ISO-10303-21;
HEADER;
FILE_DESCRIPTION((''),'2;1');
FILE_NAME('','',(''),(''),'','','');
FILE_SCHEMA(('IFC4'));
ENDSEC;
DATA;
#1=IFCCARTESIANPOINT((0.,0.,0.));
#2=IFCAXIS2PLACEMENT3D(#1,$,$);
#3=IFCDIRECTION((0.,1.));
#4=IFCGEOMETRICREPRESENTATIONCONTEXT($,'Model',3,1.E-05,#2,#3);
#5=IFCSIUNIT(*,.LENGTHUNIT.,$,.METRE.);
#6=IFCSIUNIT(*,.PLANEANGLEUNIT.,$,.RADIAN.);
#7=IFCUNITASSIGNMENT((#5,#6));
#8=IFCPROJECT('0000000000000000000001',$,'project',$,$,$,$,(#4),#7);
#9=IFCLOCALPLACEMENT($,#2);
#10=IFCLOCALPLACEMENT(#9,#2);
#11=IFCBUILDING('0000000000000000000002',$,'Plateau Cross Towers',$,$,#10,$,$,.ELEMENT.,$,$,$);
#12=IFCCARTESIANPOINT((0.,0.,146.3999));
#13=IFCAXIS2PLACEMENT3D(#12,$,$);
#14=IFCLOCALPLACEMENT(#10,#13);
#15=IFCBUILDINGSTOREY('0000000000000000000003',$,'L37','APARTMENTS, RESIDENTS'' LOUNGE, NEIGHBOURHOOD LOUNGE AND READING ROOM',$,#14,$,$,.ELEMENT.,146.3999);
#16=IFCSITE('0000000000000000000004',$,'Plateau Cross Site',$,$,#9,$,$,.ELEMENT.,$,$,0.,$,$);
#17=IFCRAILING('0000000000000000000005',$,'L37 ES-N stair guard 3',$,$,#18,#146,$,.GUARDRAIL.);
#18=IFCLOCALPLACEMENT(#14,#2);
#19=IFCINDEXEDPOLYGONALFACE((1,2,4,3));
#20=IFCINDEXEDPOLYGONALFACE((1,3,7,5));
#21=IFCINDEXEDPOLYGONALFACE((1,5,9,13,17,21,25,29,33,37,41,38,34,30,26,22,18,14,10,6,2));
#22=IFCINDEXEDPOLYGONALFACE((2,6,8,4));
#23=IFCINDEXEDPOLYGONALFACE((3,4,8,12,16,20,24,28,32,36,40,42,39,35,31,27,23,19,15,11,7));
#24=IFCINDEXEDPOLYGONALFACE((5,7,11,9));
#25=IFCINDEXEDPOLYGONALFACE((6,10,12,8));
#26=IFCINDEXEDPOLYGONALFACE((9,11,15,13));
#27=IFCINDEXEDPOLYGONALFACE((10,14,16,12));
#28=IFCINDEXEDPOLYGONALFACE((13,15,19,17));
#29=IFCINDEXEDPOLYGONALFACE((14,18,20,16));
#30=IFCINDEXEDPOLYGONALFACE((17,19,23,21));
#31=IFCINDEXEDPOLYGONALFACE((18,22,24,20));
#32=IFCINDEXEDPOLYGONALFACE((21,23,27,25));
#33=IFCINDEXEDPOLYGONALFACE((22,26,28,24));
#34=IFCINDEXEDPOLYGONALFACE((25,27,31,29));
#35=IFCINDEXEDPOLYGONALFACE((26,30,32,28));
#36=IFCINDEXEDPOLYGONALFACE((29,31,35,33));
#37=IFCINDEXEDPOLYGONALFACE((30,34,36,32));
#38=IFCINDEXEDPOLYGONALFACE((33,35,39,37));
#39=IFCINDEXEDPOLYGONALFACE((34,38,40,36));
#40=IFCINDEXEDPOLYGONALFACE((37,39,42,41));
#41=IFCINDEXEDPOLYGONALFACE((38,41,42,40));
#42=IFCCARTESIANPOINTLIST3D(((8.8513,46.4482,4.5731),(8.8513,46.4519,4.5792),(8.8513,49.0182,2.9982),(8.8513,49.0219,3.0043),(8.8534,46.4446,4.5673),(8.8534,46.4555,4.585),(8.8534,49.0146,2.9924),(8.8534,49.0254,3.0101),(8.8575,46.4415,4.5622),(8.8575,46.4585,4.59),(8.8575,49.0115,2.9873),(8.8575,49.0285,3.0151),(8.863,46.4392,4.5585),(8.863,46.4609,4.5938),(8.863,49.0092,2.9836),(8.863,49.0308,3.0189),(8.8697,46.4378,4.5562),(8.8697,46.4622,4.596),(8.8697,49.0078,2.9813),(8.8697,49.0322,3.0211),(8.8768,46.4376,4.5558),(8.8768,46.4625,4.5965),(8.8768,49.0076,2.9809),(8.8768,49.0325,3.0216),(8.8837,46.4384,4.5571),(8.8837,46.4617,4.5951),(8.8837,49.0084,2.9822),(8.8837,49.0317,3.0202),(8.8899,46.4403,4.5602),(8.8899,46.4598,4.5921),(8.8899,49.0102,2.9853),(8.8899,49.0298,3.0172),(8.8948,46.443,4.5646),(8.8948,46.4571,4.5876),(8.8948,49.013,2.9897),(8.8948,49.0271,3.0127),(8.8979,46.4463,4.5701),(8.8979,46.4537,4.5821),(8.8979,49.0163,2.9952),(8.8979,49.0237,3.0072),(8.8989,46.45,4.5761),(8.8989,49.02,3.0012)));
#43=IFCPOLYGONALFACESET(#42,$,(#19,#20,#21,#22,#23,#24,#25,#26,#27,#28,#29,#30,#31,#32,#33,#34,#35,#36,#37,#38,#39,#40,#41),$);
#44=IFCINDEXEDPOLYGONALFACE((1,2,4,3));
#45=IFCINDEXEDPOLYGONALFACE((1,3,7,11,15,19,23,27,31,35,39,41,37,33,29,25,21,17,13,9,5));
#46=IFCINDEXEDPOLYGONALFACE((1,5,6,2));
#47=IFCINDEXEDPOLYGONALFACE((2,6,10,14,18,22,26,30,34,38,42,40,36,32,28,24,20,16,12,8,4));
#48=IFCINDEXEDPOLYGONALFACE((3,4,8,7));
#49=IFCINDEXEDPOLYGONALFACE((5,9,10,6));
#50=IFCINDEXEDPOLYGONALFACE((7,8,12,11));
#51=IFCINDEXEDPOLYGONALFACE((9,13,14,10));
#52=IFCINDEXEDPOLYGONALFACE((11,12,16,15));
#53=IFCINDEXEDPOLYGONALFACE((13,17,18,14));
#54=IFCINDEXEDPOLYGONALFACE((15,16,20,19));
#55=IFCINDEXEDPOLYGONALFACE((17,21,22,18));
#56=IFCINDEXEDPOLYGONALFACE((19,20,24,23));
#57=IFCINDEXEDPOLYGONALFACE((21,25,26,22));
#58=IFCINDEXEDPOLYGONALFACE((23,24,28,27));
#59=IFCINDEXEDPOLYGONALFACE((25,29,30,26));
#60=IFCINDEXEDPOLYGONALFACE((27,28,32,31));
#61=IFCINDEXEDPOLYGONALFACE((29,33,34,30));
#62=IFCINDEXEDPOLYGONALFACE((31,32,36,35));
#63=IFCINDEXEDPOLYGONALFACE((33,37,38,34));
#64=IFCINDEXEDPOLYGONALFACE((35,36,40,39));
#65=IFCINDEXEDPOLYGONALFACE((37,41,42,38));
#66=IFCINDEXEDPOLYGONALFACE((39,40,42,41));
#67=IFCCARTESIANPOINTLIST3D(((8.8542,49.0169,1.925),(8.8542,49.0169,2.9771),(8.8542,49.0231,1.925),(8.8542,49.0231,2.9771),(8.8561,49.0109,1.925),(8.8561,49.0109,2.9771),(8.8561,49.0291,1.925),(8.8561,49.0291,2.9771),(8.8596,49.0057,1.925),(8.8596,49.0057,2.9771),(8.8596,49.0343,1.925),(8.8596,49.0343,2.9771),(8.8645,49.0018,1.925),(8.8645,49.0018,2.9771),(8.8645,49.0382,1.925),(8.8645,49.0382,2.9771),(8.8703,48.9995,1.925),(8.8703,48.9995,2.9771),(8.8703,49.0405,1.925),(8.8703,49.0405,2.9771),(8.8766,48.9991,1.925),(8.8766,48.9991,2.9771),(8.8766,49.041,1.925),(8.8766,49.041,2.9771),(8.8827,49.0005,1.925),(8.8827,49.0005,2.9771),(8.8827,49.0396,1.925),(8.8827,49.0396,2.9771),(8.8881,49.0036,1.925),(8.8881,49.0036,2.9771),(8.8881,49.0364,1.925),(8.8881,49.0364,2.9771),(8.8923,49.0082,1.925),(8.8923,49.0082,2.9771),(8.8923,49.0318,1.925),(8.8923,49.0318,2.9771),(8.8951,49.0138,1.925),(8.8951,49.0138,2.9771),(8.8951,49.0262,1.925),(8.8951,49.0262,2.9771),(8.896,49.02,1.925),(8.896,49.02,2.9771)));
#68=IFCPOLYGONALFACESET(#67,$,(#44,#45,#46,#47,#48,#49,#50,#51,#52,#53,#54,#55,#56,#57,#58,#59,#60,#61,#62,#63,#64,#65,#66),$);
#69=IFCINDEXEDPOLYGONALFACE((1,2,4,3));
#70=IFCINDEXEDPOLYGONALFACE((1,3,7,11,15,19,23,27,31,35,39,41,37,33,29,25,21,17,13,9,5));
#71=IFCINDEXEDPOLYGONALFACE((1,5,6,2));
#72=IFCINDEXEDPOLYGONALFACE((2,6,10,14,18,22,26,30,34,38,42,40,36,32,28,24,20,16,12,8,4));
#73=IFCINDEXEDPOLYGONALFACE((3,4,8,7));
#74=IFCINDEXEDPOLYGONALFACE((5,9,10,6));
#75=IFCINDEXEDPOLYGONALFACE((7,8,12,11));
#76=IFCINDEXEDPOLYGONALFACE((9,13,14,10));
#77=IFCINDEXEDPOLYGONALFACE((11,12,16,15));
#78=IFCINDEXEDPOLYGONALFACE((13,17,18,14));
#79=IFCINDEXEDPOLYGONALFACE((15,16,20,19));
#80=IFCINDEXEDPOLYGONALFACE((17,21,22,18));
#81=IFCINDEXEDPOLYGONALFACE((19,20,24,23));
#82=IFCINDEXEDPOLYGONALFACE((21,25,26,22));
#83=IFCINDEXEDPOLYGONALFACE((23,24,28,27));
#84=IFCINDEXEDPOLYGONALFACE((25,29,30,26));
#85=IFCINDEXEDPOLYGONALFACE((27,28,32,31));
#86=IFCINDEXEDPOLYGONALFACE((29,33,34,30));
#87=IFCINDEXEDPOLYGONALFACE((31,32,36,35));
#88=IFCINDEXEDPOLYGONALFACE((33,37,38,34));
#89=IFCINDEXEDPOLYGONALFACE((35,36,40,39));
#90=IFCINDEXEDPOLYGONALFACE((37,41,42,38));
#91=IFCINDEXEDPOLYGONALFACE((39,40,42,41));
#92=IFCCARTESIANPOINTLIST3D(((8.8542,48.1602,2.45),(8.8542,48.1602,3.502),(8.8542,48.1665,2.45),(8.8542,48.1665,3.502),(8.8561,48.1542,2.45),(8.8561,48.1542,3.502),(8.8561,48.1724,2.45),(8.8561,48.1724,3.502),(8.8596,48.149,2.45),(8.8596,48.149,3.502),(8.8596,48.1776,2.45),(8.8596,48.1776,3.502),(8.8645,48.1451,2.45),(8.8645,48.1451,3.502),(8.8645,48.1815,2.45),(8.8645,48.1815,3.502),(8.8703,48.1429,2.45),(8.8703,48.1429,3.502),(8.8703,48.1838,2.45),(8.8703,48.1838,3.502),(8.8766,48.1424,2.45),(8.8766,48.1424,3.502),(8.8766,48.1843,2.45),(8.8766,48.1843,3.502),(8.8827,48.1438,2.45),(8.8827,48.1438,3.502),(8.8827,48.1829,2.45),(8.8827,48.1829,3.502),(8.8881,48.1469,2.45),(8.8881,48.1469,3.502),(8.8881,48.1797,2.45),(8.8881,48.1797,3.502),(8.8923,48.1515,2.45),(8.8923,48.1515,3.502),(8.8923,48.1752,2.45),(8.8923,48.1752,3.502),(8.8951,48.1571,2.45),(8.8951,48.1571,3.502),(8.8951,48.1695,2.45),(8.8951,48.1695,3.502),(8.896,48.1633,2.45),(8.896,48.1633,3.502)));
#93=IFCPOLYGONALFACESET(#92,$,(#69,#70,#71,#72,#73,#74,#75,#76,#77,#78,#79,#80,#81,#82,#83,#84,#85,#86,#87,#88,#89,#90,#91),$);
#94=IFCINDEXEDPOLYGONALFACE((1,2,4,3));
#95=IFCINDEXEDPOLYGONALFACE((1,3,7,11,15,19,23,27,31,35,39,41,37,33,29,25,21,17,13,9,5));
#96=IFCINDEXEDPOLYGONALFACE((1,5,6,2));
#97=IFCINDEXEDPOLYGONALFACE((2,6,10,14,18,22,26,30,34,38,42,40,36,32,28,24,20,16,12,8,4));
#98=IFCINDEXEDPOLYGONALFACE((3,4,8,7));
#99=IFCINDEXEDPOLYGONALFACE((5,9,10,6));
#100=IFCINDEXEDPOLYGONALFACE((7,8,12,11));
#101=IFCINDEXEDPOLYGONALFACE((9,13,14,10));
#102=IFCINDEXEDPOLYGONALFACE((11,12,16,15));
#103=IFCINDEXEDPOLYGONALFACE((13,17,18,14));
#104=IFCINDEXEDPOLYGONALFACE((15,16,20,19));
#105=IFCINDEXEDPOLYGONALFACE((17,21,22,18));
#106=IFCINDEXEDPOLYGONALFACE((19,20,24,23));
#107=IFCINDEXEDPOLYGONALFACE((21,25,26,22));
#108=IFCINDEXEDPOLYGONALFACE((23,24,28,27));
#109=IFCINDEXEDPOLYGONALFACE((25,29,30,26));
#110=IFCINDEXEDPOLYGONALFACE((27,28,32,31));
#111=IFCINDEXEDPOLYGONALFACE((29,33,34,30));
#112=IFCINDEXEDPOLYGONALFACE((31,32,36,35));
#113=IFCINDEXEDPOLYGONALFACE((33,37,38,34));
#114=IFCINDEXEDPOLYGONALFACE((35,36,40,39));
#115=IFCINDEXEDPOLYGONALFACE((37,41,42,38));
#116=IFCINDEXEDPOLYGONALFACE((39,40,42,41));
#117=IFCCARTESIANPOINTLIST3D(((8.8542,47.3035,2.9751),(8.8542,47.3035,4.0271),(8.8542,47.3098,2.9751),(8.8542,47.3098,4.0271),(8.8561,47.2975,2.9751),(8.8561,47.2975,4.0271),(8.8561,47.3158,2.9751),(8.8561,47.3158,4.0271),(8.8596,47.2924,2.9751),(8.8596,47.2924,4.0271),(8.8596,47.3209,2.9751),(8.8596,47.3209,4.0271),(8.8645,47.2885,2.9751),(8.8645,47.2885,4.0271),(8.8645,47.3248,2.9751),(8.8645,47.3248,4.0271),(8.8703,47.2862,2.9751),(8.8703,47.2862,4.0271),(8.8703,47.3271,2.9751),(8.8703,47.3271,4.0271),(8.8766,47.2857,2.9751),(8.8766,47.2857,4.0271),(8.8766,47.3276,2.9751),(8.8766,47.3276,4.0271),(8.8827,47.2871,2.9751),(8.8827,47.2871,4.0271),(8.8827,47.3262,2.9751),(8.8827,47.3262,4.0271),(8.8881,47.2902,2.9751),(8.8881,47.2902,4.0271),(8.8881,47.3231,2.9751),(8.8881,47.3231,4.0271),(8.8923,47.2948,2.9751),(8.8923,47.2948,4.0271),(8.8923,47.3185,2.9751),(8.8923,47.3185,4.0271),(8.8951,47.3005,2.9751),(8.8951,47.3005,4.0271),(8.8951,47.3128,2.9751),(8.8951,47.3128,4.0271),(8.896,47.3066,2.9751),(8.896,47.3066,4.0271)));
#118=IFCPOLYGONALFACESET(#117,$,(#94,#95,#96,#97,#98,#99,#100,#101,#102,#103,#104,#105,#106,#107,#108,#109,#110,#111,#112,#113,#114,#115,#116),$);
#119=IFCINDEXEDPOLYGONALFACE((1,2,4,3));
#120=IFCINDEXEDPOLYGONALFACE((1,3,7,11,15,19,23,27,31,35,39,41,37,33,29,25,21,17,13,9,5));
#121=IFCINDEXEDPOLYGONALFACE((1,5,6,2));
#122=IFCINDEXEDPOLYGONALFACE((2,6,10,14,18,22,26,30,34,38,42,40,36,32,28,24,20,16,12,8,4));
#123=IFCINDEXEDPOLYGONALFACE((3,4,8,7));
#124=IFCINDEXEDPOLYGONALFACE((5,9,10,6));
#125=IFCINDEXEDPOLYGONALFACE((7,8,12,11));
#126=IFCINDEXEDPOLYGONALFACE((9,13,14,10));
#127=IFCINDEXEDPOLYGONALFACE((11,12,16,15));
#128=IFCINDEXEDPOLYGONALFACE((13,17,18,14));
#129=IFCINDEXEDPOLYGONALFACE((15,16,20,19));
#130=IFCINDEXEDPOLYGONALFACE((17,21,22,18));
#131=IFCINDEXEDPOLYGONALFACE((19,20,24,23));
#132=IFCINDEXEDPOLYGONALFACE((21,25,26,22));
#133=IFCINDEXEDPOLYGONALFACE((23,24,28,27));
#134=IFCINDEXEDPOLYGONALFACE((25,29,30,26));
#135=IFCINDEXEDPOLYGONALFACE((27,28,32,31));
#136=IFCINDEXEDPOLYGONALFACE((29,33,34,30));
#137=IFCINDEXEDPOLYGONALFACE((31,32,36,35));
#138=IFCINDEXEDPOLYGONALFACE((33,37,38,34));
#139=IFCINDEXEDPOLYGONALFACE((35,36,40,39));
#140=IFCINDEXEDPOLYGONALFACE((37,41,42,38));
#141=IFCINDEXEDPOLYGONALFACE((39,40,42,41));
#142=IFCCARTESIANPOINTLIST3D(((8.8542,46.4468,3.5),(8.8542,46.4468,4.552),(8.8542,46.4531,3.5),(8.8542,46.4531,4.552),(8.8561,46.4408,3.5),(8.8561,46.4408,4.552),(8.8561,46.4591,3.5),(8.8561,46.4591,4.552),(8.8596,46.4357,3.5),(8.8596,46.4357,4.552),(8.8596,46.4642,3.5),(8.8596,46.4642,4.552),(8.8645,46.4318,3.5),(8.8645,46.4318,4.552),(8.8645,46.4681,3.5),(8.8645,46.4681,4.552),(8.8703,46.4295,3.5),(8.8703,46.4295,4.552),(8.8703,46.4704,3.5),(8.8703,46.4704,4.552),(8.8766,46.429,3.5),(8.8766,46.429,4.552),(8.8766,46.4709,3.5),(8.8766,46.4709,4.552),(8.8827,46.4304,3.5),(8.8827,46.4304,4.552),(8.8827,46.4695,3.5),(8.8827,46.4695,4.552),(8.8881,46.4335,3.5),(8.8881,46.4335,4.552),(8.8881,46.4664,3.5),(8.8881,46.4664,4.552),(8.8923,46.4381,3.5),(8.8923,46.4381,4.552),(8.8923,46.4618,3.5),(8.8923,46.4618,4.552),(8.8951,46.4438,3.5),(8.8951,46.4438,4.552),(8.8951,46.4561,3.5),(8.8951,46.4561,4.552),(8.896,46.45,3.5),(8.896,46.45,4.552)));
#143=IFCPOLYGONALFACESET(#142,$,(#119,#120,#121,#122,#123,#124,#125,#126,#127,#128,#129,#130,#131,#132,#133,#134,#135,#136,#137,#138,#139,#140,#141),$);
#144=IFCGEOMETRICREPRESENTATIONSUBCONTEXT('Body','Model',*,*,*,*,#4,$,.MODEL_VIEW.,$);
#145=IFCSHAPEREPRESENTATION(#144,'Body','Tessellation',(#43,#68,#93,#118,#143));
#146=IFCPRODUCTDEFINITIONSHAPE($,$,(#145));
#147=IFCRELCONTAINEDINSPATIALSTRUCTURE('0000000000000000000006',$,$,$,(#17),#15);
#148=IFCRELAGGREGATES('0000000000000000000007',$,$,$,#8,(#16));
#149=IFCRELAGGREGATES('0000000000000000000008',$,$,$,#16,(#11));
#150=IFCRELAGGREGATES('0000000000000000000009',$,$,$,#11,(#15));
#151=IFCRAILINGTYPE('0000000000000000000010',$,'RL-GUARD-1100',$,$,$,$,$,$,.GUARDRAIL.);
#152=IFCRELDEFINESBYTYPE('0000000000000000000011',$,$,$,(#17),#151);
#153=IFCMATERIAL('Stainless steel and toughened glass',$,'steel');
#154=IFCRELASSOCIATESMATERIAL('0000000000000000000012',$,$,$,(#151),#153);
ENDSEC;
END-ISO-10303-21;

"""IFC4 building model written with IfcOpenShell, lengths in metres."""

from ifc_helpers import new_model, si_unit, direction, frame, origin, origin_2d, place, context, subcontext, project, spatial, circle, extrude, material, type_object, element, save


model = new_model("IFC4")

# Units and contexts
model_context = context("Model", 3, precision=1e-05, world=origin(), true_north=direction((0.0, 1.0)))
body_context = subcontext(model_context, "Body", "Model", "MODEL_VIEW")
ifc_project = project(units=[si_unit("LENGTHUNIT", "METRE"), si_unit("PLANEANGLEUNIT", "RADIAN")], contexts=[model_context])

# Site, building, storey
site_placement = place(None, origin())
site = spatial("IfcSite", under=ifc_project, at=site_placement, Name="Plateau Cross Site", CompositionType="ELEMENT", RefElevation=0.0)
building_placement = place(site_placement, origin())
building = spatial("IfcBuilding", under=site, at=building_placement, Name="Plateau Cross Towers", CompositionType="ELEMENT")
storey_placement = place(building_placement, frame((0.0, 0.0, 146.3999)))
storey = spatial("IfcBuildingStorey", under=building, at=storey_placement, Name="L37", Description="APARTMENTS, RESIDENTS' LOUNGE, NEIGHBOURHOOD LOUNGE AND READING ROOM", CompositionType="ELEMENT", Elevation=146.3999)

# Railing
ifc_material_1 = material(Name="Stainless steel and toughened glass", Category="steel")
railing_type_1 = type_object("IfcRailingType", Name="RL-GUARD-1100", PredefinedType="GUARDRAIL", material=ifc_material_1)
railing_1_placement = place(storey_placement, frame((8.875, 49.02, 1.925)))
element("IfcRailing", 1, at=railing_1_placement, inside=storey, type_object=railing_type_1, Name="L37 ES-N stair guard 3", PredefinedType="GUARDRAIL", context=body_context, shape_type="SweptSolid", body=[
    extrude(circle(Radius=0.0239, at=origin_2d()), frame((0.0, 0.0, 1.0762), z_axis=(0.0, -0.852639, 0.522501), x_axis=(1.0, 0.0, 0.0)), (0.0, 0.0, 1.0), 3.0142),
    extrude(circle(Radius=0.021, at=origin_2d()), origin(), (0.0, 0.0, 1.0), 1.052),
    extrude(circle(Radius=0.021, at=origin_2d()), frame((0.0, -0.8567, 0.5249)), (0.0, 0.0, 1.0), 1.052),
    extrude(circle(Radius=0.021, at=origin_2d()), frame((0.0, -1.7134, 1.05)), (0.0, 0.0, 1.0), 1.052),
    extrude(circle(Radius=0.021, at=origin_2d()), frame((0.0, -2.5701, 1.575)), (0.0, 0.0, 1.0), 1.052),
])

save(model, "model.ifc")
